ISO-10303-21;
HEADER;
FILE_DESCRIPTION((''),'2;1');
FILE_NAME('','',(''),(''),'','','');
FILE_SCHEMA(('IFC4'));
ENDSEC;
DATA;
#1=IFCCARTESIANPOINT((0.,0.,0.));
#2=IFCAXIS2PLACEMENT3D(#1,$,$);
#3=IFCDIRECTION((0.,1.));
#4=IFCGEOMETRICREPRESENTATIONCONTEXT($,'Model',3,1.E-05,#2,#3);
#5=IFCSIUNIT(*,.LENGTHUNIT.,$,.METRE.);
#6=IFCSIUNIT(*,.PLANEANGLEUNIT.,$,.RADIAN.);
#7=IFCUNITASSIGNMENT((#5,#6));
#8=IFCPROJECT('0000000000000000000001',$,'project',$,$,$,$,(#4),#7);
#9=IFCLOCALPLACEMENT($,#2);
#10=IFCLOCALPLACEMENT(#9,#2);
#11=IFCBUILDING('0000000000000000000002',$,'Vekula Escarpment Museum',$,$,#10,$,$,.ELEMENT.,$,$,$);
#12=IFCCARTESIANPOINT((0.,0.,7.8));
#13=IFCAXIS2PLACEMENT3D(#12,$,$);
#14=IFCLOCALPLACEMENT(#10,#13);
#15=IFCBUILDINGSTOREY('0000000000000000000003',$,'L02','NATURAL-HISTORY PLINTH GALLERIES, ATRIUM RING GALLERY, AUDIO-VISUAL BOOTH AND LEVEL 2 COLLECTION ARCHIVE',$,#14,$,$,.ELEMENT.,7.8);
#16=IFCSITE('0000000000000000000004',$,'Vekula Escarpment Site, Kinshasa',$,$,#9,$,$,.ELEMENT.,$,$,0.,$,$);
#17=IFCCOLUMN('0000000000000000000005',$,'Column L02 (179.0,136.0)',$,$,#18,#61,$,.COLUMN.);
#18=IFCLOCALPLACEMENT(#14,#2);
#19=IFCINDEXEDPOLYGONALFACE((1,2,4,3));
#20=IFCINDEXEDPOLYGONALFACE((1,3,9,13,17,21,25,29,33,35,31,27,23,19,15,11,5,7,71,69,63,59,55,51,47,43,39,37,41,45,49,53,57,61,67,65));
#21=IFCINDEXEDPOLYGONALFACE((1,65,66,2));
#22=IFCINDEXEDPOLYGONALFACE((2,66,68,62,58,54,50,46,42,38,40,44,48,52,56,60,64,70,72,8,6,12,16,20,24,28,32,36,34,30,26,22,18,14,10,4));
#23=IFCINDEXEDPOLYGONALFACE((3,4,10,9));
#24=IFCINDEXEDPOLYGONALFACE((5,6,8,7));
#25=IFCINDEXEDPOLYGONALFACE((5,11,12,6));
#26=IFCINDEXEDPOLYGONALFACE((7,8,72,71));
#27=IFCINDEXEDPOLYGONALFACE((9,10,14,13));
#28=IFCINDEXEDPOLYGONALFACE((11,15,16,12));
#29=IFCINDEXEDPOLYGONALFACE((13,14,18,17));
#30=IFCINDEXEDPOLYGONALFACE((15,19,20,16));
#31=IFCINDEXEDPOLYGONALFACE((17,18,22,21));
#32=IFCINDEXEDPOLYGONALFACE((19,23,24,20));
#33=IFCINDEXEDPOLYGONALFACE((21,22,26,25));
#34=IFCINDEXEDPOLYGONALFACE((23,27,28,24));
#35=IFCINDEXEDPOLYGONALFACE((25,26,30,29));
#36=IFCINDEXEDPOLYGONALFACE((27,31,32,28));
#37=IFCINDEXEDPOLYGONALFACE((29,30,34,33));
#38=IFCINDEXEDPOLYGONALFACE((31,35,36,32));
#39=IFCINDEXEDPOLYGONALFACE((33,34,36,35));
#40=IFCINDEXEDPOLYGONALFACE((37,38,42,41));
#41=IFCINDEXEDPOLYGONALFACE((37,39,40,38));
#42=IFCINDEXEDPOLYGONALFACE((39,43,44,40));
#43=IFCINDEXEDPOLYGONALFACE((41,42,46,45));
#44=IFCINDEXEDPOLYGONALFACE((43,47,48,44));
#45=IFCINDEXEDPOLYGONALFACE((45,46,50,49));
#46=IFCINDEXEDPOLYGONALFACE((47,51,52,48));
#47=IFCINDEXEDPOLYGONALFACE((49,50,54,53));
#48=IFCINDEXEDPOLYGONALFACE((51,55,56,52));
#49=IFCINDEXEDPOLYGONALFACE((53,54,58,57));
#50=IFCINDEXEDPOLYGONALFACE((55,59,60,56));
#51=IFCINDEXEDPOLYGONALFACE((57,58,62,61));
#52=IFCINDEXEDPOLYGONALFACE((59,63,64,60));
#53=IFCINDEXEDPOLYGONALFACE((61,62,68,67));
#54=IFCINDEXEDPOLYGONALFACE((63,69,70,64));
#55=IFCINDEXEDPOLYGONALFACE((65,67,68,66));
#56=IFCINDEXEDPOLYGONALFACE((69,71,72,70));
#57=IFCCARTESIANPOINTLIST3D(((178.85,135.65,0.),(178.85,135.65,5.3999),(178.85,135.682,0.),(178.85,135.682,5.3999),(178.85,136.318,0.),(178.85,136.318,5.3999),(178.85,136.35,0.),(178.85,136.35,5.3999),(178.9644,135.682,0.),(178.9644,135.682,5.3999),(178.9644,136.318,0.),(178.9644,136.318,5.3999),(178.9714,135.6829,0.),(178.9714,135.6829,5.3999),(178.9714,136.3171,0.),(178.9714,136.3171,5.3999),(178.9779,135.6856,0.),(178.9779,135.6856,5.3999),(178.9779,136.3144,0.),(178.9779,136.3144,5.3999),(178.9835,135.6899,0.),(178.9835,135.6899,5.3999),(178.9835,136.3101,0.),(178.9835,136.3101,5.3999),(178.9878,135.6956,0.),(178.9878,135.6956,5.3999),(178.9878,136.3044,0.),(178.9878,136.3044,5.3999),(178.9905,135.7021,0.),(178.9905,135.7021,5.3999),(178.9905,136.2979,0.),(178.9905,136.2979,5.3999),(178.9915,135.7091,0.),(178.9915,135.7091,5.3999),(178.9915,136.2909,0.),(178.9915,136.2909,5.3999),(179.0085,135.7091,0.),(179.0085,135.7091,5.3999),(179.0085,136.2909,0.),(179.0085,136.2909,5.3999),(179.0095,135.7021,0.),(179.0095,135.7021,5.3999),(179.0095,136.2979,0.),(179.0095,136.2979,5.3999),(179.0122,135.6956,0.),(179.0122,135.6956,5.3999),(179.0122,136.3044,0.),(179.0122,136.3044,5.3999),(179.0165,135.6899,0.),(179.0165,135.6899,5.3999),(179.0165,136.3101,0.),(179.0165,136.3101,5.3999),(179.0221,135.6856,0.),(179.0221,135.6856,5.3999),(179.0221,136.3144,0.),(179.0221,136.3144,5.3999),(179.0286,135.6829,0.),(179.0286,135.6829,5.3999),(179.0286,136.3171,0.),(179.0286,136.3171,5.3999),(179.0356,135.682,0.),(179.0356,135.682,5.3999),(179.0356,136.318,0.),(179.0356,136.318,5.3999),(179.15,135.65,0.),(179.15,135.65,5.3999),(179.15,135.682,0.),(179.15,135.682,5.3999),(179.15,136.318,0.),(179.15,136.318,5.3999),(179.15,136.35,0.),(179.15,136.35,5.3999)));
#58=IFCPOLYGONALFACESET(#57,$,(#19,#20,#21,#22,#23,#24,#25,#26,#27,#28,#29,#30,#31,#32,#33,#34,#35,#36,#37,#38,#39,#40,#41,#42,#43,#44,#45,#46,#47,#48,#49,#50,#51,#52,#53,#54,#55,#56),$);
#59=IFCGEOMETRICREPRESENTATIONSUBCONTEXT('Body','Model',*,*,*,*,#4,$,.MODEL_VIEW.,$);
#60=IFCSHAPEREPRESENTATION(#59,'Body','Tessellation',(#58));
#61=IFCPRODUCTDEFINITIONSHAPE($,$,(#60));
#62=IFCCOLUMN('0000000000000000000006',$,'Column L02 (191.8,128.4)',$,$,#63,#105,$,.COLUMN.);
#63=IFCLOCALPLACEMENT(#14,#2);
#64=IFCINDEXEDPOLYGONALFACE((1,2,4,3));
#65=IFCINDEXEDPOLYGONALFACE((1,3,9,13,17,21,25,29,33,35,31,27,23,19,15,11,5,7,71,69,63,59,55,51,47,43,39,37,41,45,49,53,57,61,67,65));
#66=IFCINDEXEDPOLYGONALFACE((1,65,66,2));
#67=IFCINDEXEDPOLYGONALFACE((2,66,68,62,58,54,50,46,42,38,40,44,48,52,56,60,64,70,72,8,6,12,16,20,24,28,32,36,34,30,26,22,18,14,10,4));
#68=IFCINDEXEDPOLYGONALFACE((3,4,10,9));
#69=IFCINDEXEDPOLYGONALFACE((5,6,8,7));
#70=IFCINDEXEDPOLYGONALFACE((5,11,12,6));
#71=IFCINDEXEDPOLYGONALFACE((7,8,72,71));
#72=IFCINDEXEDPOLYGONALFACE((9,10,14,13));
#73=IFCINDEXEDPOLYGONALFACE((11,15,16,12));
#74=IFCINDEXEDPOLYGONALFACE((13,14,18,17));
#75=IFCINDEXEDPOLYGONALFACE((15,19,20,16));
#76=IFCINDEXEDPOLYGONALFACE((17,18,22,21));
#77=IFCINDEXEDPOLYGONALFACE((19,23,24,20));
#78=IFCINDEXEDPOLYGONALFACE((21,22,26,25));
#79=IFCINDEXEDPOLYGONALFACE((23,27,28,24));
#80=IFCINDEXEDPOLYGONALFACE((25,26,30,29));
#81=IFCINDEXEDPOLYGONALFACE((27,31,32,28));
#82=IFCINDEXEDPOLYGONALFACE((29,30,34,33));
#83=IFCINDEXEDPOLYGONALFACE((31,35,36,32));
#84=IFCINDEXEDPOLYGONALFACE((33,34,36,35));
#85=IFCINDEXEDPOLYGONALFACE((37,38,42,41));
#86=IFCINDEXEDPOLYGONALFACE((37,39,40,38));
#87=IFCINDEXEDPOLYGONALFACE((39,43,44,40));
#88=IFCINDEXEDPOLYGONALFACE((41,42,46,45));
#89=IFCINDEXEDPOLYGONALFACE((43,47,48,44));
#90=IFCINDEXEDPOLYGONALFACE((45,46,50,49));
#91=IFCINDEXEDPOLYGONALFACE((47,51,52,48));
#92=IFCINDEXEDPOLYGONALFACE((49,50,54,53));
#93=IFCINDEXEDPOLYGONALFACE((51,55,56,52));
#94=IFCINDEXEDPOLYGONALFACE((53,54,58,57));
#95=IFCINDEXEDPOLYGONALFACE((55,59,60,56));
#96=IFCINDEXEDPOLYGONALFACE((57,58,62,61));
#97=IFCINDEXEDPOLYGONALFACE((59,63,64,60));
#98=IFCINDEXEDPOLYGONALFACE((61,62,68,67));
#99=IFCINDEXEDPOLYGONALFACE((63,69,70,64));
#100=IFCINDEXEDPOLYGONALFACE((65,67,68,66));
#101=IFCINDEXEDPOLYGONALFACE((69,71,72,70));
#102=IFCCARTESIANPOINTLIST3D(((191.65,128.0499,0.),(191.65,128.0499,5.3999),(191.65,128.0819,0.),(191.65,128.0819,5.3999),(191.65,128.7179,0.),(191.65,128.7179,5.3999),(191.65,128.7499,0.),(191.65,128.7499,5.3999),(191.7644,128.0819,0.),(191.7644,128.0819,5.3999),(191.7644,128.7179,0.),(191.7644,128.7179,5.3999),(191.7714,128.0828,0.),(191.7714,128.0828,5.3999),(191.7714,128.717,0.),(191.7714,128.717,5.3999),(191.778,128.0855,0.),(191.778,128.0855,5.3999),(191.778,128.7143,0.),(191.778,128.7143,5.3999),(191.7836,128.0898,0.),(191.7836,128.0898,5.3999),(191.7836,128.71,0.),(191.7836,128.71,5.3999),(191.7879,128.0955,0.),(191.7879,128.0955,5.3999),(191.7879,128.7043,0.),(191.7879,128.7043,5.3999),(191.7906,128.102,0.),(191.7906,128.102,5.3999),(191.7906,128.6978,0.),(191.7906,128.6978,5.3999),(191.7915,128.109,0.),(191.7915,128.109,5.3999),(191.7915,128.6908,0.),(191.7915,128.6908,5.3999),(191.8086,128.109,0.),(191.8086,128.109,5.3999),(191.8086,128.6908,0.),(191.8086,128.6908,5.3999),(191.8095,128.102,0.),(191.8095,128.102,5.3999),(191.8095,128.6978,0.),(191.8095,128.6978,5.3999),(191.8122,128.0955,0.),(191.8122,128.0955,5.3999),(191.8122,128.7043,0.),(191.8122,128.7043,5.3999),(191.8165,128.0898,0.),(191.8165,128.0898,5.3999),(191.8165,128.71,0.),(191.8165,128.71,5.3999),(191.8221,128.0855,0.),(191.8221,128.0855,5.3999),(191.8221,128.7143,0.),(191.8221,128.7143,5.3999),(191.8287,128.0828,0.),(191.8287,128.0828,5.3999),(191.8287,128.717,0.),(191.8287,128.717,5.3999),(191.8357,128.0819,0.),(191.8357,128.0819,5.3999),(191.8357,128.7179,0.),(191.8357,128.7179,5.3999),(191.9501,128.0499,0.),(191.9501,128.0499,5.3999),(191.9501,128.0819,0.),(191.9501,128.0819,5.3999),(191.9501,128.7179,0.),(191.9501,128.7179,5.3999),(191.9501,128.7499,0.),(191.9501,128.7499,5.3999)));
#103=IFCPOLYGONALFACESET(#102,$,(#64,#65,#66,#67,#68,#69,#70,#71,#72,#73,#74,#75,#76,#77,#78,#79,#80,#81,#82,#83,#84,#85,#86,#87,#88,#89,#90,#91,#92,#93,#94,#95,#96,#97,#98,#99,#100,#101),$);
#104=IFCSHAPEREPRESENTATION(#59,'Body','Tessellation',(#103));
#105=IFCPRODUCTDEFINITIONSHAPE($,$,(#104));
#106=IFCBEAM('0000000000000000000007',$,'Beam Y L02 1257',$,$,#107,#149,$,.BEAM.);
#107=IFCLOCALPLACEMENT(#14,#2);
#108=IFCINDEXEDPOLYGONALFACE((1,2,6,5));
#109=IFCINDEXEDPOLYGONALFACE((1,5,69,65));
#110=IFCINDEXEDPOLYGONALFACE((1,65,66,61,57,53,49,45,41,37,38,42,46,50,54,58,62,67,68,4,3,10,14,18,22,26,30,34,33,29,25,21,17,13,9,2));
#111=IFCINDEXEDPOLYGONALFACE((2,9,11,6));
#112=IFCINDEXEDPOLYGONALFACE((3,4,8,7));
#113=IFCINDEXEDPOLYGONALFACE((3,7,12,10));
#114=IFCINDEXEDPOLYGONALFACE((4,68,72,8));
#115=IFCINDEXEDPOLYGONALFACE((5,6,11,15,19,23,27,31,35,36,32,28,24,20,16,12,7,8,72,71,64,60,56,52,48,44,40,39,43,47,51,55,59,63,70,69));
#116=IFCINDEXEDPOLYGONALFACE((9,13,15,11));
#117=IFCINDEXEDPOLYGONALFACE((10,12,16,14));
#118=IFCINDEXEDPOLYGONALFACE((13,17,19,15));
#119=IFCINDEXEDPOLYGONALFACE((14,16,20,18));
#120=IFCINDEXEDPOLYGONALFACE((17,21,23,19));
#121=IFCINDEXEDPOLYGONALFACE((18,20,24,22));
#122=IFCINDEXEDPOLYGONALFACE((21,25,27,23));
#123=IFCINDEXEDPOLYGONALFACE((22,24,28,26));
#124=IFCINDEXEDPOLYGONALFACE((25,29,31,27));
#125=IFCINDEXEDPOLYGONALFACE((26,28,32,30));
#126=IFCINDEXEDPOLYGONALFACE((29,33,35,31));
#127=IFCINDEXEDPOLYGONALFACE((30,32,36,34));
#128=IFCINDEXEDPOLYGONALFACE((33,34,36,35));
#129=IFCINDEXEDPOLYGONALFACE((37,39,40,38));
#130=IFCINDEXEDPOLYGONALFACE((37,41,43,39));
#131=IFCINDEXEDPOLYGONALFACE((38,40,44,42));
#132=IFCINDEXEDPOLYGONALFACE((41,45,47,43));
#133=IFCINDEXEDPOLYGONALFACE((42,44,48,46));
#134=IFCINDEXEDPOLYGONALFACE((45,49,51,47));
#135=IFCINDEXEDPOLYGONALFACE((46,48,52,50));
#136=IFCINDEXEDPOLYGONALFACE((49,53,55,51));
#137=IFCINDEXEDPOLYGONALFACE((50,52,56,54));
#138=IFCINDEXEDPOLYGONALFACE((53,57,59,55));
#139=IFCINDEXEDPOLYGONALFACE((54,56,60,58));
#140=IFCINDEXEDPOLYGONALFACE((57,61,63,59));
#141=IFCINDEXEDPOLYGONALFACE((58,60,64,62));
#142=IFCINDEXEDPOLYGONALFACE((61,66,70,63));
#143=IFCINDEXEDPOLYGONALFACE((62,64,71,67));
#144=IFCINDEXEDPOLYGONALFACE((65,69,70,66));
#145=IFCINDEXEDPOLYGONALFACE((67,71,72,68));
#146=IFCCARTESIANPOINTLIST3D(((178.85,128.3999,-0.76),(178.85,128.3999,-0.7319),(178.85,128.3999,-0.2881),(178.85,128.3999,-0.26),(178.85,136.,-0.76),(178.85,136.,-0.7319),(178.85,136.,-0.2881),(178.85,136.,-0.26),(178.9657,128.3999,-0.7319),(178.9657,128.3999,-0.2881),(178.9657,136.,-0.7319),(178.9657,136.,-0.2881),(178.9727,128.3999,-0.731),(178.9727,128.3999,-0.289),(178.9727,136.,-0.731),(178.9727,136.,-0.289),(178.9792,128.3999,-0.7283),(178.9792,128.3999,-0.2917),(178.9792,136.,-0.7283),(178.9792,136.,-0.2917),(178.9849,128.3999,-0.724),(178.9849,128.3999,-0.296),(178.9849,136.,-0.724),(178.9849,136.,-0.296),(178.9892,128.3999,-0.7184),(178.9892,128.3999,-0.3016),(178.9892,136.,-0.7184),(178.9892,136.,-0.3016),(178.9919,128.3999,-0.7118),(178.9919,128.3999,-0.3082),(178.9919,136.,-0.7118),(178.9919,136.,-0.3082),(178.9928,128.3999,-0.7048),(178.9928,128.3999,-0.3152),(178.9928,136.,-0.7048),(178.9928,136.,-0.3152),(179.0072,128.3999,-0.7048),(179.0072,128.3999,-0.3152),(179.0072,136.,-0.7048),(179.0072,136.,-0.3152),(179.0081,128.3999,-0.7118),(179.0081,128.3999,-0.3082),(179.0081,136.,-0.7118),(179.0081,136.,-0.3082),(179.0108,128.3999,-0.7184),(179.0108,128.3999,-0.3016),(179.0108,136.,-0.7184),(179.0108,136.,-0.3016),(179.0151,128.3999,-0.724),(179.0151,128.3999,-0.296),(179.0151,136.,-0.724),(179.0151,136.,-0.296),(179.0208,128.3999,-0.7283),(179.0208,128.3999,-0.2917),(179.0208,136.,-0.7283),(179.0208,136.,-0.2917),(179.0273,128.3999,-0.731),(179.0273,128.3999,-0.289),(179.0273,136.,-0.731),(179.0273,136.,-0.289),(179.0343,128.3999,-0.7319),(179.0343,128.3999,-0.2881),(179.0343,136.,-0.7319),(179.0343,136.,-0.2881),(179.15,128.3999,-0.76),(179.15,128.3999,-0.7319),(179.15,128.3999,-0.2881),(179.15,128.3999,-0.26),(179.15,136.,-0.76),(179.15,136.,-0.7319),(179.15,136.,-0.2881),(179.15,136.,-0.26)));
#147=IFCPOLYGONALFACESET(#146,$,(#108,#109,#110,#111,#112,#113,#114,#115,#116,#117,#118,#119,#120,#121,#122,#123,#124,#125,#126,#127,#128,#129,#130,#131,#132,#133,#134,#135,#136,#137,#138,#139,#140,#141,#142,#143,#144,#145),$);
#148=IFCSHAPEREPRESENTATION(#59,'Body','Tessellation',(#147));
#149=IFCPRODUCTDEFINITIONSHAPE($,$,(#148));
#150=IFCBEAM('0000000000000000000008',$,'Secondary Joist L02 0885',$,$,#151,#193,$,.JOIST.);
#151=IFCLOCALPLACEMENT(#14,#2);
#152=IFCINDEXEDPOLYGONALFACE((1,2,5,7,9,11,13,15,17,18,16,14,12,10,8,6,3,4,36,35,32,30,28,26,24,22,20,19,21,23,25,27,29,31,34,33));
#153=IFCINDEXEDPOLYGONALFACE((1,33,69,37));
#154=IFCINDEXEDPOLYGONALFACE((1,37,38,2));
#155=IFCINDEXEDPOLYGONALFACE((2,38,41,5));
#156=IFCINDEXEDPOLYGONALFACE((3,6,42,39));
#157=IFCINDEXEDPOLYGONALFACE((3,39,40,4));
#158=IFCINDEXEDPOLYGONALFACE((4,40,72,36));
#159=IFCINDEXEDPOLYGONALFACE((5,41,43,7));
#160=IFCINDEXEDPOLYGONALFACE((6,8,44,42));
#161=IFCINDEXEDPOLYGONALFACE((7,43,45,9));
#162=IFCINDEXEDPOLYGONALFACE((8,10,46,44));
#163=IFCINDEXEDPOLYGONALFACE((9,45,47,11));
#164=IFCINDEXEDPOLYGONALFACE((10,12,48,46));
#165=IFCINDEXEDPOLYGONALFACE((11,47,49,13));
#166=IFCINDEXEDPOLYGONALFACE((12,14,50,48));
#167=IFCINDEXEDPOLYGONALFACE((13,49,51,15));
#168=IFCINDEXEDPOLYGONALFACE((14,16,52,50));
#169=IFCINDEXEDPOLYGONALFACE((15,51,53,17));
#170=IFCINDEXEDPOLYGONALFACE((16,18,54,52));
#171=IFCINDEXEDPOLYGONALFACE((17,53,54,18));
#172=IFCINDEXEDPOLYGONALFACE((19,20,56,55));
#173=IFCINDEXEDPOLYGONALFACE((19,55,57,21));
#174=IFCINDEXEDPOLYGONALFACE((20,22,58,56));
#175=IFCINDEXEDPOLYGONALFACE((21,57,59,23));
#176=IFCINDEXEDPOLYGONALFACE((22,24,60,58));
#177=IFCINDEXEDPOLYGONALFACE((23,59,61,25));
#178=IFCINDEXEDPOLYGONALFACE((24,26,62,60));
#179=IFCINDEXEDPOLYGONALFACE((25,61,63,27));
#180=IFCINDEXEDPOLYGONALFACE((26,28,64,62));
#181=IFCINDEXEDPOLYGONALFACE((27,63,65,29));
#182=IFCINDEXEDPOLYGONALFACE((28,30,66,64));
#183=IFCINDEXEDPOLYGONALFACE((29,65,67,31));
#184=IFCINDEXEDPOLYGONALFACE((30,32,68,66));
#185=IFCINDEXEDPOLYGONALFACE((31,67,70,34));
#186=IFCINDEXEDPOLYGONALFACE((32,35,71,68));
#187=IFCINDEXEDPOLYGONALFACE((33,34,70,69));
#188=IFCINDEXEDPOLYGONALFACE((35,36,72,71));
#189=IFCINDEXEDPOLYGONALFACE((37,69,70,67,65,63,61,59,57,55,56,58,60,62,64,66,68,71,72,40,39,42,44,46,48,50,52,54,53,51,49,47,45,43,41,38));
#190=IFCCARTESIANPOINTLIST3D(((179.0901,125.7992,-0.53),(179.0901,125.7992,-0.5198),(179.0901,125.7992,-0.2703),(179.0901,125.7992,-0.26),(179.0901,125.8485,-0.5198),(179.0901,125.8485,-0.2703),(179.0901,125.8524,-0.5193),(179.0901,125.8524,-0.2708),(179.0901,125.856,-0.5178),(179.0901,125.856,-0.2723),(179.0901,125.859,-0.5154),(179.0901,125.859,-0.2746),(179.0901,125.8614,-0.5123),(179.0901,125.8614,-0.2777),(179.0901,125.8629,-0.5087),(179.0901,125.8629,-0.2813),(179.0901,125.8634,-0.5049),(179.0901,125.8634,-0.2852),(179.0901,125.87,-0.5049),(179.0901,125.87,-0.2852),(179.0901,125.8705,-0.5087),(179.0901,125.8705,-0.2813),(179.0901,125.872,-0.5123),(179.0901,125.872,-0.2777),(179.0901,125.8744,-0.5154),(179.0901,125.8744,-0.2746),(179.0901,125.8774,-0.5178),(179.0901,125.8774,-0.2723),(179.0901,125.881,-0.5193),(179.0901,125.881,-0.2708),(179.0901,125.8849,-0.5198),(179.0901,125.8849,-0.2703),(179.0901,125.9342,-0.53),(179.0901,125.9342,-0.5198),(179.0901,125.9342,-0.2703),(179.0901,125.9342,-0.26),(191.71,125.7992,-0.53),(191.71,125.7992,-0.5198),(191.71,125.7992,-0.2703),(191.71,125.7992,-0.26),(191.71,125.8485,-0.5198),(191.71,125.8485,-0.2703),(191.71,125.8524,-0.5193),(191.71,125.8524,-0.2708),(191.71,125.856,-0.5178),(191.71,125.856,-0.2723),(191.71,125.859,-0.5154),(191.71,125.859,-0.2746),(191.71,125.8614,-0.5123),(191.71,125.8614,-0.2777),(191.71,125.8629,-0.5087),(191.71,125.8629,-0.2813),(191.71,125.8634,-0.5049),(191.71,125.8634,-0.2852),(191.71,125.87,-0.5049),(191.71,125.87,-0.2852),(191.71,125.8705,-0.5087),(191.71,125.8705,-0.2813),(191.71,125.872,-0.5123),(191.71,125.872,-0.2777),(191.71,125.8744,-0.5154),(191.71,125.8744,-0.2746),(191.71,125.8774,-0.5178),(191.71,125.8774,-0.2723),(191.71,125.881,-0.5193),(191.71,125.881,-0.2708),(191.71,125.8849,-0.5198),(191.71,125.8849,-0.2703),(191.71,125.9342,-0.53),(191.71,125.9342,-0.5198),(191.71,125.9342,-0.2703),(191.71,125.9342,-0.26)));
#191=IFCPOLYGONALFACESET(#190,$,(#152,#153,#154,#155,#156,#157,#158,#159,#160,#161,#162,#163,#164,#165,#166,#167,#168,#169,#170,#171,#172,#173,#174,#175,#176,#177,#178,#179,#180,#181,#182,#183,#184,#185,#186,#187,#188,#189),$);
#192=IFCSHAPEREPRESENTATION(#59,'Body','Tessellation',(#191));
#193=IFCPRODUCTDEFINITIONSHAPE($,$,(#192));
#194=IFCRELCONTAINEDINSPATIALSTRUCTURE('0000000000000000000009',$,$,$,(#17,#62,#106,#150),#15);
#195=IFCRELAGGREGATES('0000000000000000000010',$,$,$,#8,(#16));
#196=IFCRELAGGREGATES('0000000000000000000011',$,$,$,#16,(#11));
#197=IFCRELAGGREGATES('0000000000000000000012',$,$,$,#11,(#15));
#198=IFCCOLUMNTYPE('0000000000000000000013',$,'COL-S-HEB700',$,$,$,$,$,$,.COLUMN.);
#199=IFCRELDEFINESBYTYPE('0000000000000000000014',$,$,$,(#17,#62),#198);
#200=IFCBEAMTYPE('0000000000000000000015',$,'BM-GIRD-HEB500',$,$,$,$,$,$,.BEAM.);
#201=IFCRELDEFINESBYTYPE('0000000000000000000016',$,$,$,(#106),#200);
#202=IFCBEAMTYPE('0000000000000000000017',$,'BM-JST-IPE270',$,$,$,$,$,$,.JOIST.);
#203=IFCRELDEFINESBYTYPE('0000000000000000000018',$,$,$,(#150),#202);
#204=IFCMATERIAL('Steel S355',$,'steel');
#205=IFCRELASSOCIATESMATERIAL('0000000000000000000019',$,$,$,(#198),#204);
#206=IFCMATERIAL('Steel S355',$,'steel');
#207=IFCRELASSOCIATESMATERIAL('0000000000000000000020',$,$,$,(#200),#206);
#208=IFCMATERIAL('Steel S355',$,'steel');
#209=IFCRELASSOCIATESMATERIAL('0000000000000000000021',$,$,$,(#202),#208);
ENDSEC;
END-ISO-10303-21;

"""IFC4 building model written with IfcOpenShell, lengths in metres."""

from ifc_helpers import new_model, si_unit, direction, frame, origin, origin_2d, place, context, subcontext, project, spatial, i_section, extrude, material, material_profile, profile_set, type_object, element, save


model = new_model("IFC4")

# Units and contexts
model_context = context("Model", 3, precision=1e-05, world=origin(), true_north=direction((0.0, 1.0)))
body_context = subcontext(model_context, "Body", "Model", "MODEL_VIEW")
ifc_project = project(units=[si_unit("LENGTHUNIT", "METRE"), si_unit("PLANEANGLEUNIT", "RADIAN")], contexts=[model_context])

# Site, building, storey
site_placement = place(None, origin())
site = spatial("IfcSite", under=ifc_project, at=site_placement, Name="Vekula Escarpment Site, Kinshasa", CompositionType="ELEMENT", RefElevation=0.0)
building_placement = place(site_placement, origin())
building = spatial("IfcBuilding", under=site, at=building_placement, Name="Vekula Escarpment Museum", CompositionType="ELEMENT")
storey_placement = place(building_placement, frame((0.0, 0.0, 7.8)))
storey = spatial("IfcBuildingStorey", under=building, at=storey_placement, Name="L02", Description="NATURAL-HISTORY PLINTH GALLERIES, ATRIUM RING GALLERY, AUDIO-VISUAL BOOTH AND LEVEL 2 COLLECTION ARCHIVE", CompositionType="ELEMENT", Elevation=7.8)

# Columns
ifc_material_1 = material(Name="Steel S355", Category="steel")
ifc_material_profile_1 = material_profile(ifc_material_1, i_section(OverallWidth=0.3, OverallDepth=0.7, WebThickness=0.0171, FlangeThickness=0.032, FilletRadius=0.0271, at=origin_2d()), Name="HEB 700")
ifc_profile_set_1 = profile_set([ifc_material_profile_1], Name="Steel S355")
column_type = type_object("IfcColumnType", Name="COL-S-HEB700", PredefinedType="COLUMN", material=ifc_profile_set_1)
for number, where, z_axis, x_axis, name in (
    (1, (179.0, 136.0, 0.0), (0.0, 0.0, 1.0), (1.0, 0.0, 0.0), "Column L02 (179.0,136.0)"),
    (2, (191.8, 128.3999, 0.0), (0.0, 0.0, 1.0), (1.0, 0.0, 0.0), "Column L02 (191.8,128.4)"),
):
    element("IfcColumn", number, at=place(storey_placement, frame(where, z_axis=z_axis, x_axis=x_axis)), inside=storey, type_object=column_type, Name=name, PredefinedType="COLUMN", context=body_context, shape_type="SweptSolid", body=[
        extrude(i_section(OverallWidth=0.3, OverallDepth=0.7, WebThickness=0.0171, FlangeThickness=0.032, FilletRadius=0.0271, at=origin_2d()), origin(), (0.0, 0.0, 1.0), 5.3999),
    ])

# Beams
ifc_material_2 = material(Name="Steel S355", Category="steel")
ifc_material_profile_2 = material_profile(ifc_material_2, i_section(OverallWidth=0.3, OverallDepth=0.5, WebThickness=0.0144, FlangeThickness=0.0281, FilletRadius=0.0271, at=origin_2d()), Name="HEB 500")
ifc_profile_set_2 = profile_set([ifc_material_profile_2], Name="Steel S355")
beam_type_1 = type_object("IfcBeamType", Name="BM-GIRD-HEB500", PredefinedType="BEAM", material=ifc_profile_set_2)
beam_1_placement = place(storey_placement, frame((179.0, 128.3999, -0.51), z_axis=(0.0, 1.0, 0.0), x_axis=(-1.0, 0.0, 0.0)))
element("IfcBeam", 3, at=beam_1_placement, inside=storey, type_object=beam_type_1, Name="Beam Y L02 1257", PredefinedType="BEAM", context=body_context, shape_type="SweptSolid", body=[
    extrude(i_section(OverallWidth=0.3, OverallDepth=0.5, WebThickness=0.0144, FlangeThickness=0.0281, FilletRadius=0.0271, at=origin_2d()), origin(), (0.0, 0.0, 1.0), 7.6001),
])
ifc_material_3 = material(Name="Steel S355", Category="steel")
ifc_material_profile_3 = material_profile(ifc_material_3, i_section(OverallWidth=0.135, OverallDepth=0.27, WebThickness=0.0066, FlangeThickness=0.0103, FilletRadius=0.0149, at=origin_2d()), Name="IPE 270")
ifc_profile_set_3 = profile_set([ifc_material_profile_3], Name="Steel S355")
beam_type_2 = type_object("IfcBeamType", Name="BM-JST-IPE270", PredefinedType="JOIST", material=ifc_profile_set_3)
beam_2_placement = place(storey_placement, frame((179.0901, 125.8667, -0.395), z_axis=(1.0, 0.0, 0.0), x_axis=(0.0, 1.0, 0.0)))
element("IfcBeam", 4, at=beam_2_placement, inside=storey, type_object=beam_type_2, Name="Secondary Joist L02 0885", PredefinedType="JOIST", context=body_context, shape_type="SweptSolid", body=[
    extrude(i_section(OverallWidth=0.135, OverallDepth=0.27, WebThickness=0.0066, FlangeThickness=0.0103, FilletRadius=0.0149, at=origin_2d()), origin(), (0.0, 0.0, 1.0), 12.6199),
])

save(model, "model.ifc")
